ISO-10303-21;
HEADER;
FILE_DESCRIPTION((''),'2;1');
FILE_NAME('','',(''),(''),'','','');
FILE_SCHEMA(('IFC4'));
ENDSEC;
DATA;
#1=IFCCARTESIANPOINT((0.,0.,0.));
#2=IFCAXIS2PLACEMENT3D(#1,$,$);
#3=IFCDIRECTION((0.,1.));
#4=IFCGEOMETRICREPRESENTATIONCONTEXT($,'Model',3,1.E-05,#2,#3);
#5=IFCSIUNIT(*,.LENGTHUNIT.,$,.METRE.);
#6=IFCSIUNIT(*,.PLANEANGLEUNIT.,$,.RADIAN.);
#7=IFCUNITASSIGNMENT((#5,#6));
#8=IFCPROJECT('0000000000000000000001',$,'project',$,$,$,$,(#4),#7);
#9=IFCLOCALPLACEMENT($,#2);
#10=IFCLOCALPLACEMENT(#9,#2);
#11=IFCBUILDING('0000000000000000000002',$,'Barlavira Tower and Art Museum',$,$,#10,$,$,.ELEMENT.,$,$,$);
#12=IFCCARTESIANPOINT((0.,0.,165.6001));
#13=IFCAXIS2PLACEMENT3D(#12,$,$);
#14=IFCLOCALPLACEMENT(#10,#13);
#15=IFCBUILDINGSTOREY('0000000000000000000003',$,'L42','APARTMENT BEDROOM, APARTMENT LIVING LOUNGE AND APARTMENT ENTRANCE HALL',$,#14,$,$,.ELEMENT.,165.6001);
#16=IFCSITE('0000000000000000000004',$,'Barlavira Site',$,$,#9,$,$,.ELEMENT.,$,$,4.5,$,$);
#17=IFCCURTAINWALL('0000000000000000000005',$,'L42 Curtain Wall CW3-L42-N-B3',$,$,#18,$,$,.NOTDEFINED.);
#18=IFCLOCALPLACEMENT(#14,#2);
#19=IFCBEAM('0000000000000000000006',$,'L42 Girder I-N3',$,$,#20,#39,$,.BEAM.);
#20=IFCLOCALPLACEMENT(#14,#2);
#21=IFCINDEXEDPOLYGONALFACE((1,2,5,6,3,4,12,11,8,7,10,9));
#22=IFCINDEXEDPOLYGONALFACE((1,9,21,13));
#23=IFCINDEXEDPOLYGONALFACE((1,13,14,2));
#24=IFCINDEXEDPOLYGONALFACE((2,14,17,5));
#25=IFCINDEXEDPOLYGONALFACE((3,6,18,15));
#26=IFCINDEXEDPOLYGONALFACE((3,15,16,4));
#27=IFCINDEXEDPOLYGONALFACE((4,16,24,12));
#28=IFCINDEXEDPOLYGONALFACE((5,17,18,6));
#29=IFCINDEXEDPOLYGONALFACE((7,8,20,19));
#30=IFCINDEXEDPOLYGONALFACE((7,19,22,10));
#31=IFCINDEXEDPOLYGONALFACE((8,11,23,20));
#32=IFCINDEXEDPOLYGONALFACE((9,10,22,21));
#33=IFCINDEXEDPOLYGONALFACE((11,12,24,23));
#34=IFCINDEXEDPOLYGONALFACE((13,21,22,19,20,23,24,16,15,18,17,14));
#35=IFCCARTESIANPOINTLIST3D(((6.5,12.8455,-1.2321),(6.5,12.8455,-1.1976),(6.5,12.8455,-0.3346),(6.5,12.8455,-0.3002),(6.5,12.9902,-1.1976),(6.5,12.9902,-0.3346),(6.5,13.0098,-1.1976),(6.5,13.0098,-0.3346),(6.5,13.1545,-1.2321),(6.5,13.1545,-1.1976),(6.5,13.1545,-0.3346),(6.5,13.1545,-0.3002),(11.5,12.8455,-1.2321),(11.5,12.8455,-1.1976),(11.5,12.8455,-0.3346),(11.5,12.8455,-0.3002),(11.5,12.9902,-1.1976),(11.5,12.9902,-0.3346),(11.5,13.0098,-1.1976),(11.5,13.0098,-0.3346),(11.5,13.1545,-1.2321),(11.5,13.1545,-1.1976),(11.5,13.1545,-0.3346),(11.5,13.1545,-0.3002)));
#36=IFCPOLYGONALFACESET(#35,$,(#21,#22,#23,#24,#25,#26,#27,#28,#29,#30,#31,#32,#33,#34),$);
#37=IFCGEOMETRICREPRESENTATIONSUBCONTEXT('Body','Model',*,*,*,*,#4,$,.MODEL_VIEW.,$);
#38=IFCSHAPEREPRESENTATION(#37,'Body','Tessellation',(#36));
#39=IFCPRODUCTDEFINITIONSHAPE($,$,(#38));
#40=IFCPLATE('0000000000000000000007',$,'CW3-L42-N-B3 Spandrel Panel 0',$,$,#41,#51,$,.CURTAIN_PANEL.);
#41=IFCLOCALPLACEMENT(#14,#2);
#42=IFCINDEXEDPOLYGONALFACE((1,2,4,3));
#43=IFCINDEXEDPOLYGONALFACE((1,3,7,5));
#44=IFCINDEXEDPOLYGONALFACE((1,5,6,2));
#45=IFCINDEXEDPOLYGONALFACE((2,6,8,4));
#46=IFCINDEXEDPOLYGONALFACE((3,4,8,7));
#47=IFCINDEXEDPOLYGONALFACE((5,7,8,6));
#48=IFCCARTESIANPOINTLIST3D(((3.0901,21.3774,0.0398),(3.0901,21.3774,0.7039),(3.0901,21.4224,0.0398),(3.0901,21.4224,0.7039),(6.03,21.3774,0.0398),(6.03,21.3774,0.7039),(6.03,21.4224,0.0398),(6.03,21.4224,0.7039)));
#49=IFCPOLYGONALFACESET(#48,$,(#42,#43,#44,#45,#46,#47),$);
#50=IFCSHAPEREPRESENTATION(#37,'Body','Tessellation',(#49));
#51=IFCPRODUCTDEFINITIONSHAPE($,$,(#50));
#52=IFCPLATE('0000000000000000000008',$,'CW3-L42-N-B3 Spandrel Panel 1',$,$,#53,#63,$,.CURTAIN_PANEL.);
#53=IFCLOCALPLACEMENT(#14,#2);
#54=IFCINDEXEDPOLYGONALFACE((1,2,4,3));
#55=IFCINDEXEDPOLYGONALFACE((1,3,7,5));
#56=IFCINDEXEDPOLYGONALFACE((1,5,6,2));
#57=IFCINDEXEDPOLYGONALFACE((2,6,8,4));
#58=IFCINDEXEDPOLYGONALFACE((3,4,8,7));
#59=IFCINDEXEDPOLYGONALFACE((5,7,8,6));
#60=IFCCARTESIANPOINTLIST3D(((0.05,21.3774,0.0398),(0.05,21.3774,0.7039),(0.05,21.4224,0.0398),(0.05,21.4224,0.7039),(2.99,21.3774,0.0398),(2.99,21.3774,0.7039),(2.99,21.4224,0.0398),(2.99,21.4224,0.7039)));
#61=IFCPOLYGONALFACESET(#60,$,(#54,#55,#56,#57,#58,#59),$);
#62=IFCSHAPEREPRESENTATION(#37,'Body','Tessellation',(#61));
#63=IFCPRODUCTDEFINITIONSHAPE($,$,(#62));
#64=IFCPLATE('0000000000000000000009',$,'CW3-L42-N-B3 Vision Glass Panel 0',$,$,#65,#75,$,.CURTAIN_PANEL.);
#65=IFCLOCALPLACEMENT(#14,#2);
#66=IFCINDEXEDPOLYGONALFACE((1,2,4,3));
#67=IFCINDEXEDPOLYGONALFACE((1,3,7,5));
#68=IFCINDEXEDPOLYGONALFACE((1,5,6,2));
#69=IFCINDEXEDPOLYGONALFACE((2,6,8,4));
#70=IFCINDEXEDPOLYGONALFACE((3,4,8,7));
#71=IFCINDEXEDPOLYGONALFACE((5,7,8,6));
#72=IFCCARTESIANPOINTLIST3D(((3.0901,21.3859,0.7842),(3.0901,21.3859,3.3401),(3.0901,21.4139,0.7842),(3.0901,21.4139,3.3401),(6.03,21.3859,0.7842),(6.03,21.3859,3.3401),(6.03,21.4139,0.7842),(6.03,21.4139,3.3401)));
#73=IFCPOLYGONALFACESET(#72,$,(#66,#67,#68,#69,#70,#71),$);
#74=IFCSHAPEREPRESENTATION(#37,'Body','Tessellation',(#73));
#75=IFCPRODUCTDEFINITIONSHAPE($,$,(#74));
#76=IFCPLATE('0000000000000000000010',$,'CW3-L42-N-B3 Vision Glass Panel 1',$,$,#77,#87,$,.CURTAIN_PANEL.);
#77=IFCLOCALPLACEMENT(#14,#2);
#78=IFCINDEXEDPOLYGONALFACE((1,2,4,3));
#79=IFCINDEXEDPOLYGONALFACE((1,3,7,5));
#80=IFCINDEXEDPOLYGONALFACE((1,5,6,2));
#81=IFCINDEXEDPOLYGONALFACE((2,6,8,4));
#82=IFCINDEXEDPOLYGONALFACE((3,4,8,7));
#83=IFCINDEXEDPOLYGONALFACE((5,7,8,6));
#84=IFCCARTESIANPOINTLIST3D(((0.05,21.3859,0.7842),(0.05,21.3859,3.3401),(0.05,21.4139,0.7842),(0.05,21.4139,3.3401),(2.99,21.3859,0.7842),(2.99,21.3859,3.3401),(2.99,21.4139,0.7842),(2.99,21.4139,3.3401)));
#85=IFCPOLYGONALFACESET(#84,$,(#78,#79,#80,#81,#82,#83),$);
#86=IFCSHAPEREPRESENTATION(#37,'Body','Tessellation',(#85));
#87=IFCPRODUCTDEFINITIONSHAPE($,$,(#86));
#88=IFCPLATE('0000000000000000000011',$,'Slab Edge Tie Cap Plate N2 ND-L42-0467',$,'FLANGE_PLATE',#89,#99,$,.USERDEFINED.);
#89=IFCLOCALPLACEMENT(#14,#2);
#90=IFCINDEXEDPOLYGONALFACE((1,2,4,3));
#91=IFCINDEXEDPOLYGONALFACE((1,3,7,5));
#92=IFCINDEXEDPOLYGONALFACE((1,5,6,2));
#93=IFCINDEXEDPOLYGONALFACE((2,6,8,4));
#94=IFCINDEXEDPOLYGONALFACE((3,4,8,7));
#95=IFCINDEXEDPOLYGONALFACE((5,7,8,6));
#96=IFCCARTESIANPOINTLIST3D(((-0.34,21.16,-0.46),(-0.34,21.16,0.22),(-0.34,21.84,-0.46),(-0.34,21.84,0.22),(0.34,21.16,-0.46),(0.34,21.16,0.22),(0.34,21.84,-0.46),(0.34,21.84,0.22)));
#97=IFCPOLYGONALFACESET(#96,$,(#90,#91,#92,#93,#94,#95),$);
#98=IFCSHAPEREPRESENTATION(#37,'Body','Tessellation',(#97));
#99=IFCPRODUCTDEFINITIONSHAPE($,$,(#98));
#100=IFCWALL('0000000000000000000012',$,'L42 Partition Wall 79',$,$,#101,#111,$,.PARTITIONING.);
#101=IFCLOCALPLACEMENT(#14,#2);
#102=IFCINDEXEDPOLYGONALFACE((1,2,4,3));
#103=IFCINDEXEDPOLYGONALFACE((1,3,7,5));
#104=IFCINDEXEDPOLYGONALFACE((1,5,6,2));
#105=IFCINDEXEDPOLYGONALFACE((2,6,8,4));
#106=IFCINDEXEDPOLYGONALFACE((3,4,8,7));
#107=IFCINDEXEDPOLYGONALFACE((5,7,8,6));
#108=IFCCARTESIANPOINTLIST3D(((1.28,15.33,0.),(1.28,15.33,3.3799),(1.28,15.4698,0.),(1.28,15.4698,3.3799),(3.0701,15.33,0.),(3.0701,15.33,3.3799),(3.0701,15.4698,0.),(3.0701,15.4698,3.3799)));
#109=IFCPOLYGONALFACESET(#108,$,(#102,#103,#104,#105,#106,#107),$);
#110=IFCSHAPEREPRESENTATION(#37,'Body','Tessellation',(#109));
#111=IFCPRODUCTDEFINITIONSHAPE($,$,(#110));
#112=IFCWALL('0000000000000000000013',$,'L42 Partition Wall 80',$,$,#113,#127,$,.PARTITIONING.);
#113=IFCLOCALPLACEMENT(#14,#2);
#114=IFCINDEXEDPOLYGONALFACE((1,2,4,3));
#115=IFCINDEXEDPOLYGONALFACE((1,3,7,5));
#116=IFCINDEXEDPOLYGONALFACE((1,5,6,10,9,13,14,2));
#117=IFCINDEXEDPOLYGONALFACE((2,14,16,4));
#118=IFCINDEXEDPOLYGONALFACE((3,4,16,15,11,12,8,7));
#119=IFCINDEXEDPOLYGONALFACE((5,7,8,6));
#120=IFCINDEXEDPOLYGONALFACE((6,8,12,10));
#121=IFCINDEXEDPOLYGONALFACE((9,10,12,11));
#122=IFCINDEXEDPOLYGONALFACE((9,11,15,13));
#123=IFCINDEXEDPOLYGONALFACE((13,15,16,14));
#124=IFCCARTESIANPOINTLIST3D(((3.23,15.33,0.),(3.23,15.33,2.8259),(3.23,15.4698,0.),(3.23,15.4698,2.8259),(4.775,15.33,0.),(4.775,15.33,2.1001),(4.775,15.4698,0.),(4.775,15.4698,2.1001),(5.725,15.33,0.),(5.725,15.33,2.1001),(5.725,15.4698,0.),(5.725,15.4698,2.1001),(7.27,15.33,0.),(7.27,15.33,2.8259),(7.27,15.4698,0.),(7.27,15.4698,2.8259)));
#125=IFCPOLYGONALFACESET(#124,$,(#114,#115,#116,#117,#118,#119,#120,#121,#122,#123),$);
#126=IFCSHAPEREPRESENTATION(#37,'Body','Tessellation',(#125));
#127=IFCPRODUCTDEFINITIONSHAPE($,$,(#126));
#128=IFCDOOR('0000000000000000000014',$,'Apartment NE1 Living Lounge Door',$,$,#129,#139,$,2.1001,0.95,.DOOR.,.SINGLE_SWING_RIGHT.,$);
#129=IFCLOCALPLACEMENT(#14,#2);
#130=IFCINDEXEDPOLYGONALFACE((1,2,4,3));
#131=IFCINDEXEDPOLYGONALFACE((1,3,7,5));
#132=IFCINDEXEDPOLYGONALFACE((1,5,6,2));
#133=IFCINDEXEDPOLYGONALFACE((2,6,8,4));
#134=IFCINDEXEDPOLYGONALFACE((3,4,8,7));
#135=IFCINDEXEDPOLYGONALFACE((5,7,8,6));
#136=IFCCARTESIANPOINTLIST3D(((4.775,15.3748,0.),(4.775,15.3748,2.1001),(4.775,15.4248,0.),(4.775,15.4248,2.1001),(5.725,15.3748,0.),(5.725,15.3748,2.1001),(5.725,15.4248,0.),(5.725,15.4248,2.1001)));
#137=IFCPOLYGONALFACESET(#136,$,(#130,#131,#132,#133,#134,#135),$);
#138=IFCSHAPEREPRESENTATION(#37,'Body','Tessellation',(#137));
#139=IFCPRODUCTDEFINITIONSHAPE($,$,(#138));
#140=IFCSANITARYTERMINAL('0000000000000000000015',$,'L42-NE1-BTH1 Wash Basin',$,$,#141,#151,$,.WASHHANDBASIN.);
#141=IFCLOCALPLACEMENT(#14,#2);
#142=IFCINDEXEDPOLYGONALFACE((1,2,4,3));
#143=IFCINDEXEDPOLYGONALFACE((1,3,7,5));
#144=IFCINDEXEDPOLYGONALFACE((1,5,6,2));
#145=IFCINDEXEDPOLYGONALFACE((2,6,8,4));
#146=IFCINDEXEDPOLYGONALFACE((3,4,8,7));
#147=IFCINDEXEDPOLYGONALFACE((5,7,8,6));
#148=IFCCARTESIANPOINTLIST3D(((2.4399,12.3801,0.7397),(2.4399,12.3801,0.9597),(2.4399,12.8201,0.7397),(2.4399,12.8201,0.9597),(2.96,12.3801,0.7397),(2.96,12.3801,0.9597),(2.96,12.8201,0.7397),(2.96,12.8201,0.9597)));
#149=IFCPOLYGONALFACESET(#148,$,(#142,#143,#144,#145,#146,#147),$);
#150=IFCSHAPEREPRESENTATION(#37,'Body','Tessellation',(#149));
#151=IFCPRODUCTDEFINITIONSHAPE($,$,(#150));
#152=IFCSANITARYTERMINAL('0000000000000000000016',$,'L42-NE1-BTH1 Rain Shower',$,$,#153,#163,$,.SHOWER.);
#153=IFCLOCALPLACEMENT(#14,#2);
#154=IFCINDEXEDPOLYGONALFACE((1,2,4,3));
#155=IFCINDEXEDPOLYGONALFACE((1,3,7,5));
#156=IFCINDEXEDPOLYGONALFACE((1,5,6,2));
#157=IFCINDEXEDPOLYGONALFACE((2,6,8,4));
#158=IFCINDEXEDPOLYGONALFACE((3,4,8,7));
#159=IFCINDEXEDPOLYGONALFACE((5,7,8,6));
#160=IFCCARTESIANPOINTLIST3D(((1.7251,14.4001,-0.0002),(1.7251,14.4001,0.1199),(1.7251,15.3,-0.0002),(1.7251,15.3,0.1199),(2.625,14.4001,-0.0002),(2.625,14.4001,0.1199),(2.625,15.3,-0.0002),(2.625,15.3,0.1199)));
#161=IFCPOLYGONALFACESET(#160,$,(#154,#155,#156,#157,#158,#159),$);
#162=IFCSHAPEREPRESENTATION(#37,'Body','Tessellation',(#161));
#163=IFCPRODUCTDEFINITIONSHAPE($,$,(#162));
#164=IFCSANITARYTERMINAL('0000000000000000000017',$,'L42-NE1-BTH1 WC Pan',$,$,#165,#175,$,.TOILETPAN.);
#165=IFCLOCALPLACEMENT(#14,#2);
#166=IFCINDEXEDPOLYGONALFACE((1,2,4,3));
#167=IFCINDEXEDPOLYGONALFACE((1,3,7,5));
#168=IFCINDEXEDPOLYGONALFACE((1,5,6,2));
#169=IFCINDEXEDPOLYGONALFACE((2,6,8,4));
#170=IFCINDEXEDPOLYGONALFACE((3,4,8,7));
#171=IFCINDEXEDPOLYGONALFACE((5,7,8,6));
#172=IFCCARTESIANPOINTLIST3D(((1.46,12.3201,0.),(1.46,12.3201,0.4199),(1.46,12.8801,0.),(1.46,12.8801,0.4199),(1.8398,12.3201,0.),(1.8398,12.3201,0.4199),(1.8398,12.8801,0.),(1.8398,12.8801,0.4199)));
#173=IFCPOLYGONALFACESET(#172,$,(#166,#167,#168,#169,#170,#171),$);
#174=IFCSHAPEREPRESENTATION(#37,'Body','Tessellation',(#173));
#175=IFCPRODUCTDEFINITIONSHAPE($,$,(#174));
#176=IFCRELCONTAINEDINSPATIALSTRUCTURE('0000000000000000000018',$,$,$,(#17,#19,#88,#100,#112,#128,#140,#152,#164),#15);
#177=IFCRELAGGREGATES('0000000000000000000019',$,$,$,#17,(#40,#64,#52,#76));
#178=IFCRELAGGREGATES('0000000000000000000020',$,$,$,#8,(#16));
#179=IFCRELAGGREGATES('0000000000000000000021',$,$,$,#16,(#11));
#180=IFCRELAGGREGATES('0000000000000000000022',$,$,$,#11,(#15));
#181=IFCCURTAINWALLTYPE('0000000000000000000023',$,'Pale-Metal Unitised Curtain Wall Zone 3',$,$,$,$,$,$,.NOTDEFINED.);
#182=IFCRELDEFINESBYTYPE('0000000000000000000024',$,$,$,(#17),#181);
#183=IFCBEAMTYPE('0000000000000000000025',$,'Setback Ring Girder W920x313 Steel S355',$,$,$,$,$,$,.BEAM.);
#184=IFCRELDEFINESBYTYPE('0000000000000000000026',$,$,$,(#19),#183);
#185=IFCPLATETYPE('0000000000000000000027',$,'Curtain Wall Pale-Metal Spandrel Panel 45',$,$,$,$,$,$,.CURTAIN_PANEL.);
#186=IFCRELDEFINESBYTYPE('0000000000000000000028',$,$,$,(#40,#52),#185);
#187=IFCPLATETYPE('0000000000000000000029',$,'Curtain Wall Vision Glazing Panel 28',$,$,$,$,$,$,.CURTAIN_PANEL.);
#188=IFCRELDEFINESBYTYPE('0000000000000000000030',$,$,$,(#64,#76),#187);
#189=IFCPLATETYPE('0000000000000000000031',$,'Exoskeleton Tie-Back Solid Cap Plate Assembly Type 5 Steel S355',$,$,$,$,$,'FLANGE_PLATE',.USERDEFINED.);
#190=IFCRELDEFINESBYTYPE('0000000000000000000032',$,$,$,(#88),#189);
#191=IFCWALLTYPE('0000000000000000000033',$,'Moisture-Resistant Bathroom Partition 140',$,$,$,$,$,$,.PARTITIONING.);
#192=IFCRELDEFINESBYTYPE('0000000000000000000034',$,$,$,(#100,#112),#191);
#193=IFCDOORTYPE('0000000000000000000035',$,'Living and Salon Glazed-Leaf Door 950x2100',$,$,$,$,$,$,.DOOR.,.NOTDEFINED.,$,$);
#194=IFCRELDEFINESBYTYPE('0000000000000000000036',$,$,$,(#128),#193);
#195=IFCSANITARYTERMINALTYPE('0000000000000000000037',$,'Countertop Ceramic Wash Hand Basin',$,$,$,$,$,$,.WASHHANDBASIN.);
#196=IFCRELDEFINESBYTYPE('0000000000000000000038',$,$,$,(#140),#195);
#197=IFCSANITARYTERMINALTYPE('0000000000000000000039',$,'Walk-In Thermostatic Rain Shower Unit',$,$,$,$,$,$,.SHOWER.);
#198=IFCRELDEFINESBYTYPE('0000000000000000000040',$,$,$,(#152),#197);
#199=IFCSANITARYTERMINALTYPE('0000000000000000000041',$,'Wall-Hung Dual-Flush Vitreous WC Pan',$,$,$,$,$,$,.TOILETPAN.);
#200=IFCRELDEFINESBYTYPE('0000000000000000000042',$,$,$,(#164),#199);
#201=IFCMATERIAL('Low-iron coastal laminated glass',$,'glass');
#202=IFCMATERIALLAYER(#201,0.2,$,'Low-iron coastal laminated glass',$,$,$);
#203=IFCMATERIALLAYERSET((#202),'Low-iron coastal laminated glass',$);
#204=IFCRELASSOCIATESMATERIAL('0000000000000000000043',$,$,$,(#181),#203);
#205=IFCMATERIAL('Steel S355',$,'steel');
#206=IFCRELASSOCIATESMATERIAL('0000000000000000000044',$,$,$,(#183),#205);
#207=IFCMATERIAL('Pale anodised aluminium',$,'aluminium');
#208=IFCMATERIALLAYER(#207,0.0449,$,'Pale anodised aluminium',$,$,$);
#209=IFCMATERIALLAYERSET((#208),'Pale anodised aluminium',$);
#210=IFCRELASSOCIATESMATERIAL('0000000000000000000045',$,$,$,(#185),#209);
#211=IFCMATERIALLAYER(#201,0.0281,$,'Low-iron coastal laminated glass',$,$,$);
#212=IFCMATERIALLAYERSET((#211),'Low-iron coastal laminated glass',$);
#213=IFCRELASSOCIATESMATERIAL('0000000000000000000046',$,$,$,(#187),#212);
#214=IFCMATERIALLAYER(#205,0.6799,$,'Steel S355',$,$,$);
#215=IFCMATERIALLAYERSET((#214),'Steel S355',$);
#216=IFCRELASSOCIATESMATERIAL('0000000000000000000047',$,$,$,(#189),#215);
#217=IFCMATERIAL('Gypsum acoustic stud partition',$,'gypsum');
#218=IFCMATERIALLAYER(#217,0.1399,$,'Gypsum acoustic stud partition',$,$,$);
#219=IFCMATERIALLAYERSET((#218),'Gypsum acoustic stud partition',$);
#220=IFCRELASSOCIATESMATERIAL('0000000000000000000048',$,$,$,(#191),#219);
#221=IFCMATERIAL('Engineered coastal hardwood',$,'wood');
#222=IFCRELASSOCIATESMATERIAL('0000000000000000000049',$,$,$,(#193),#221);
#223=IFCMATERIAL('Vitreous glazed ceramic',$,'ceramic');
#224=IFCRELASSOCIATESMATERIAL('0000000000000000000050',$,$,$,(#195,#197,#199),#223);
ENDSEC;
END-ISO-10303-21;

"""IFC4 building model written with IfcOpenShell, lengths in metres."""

from ifc_helpers import new_model, si_unit, direction, frame, frame_2d, origin, origin_2d, place, context, subcontext, project, spatial, rectangle, i_section, extrude, material, layer, layer_set, material_profile, profile_set, type_object, element, fill, aggregate, save


model = new_model("IFC4")

# Units and contexts
model_context = context("Model", 3, precision=1e-05, world=origin(), true_north=direction((0.0, 1.0)))
body_context = subcontext(model_context, "Body", "Model", "MODEL_VIEW")
ifc_project = project(units=[si_unit("LENGTHUNIT", "METRE"), si_unit("PLANEANGLEUNIT", "RADIAN")], contexts=[model_context])

# Site, building, storey
site_placement = place(None, origin())
site = spatial("IfcSite", under=ifc_project, at=site_placement, Name="Barlavira Site", CompositionType="ELEMENT", RefElevation=4.5)
building_placement = place(site_placement, origin())
building = spatial("IfcBuilding", under=site, at=building_placement, Name="Barlavira Tower and Art Museum", CompositionType="ELEMENT")
storey_placement = place(building_placement, frame((0.0, 0.0, 165.6001)))
storey = spatial("IfcBuildingStorey", under=building, at=storey_placement, Name="L42", Description="APARTMENT BEDROOM, APARTMENT LIVING LOUNGE AND APARTMENT ENTRANCE HALL", CompositionType="ELEMENT", Elevation=165.6001)

# Curtain wall
ifc_material_1 = material(Name="Low-iron coastal laminated glass", Category="glass")
ifc_layer_1 = layer(ifc_material_1, 0.2, Name="Low-iron coastal laminated glass")
ifc_layer_set_1 = layer_set([ifc_layer_1], Name="Low-iron coastal laminated glass")
curtain_wall_type = type_object("IfcCurtainWallType", Name="Pale-Metal Unitised Curtain Wall Zone 3", PredefinedType="NOTDEFINED", material=ifc_layer_set_1)
curtain_wall_placement = place(storey_placement, origin())
curtain_wall = element("IfcCurtainWall", 1, at=curtain_wall_placement, inside=storey, type_object=curtain_wall_type, Name="L42 Curtain Wall CW3-L42-N-B3", PredefinedType="NOTDEFINED")
ifc_material_2 = material(Name="Pale anodised aluminium", Category="aluminium")

# Shared definitions
ifc_material_3 = material(Name="Steel S355", Category="steel")

# Beam
ifc_material_profile_1 = material_profile(ifc_material_3, i_section(OverallWidth=0.3091, OverallDepth=0.9319, WebThickness=0.0195, FlangeThickness=0.0344, at=origin_2d()), Name="W920x313.0")
ifc_profile_set_1 = profile_set([ifc_material_profile_1], Name="Steel S355")
beam_type = type_object("IfcBeamType", Name="Setback Ring Girder W920x313 Steel S355", PredefinedType="BEAM", material=ifc_profile_set_1)
beam_placement = place(storey_placement, frame((6.5, 13.0, -0.7661), z_axis=(1.0, 0.0, 0.0), x_axis=(0.0, 1.0, 0.0)))
element("IfcBeam", 2, at=beam_placement, inside=storey, type_object=beam_type, Name="L42 Girder I-N3", PredefinedType="BEAM", context=body_context, shape_type="SweptSolid", body=[
    extrude(i_section(OverallWidth=0.3091, OverallDepth=0.9319, WebThickness=0.0195, FlangeThickness=0.0344, at=origin_2d()), origin(), (0.0, 0.0, 1.0), 5.0),
])

# Plates
ifc_layer_2 = layer(ifc_material_2, 0.0449, Name="Pale anodised aluminium")
ifc_layer_set_2 = layer_set([ifc_layer_2], Name="Pale anodised aluminium")
plate_type_1 = type_object("IfcPlateType", Name="Curtain Wall Pale-Metal Spandrel Panel 45", PredefinedType="CURTAIN_PANEL", material=ifc_layer_set_2)
plate_1_placement = place(storey_placement, frame((4.5601, 21.3999, 0.0398), z_axis=(0.0, 0.0, 1.0), x_axis=(-1.0, 0.0, 0.0)))
plate_1 = element("IfcPlate", 3, at=plate_1_placement, type_object=plate_type_1, Name="CW3-L42-N-B3 Spandrel Panel 0", PredefinedType="CURTAIN_PANEL", context=body_context, shape_type="SweptSolid", body=[
    extrude(rectangle(XDim=2.9399, YDim=0.0449, at=origin_2d()), origin(), (0.0, 0.0, 1.0), 0.6641),
])
plate_2_placement = place(storey_placement, frame((1.52, 21.3999, 0.0398), z_axis=(0.0, 0.0, 1.0), x_axis=(-1.0, 0.0, 0.0)))
plate_2 = element("IfcPlate", 4, at=plate_2_placement, type_object=plate_type_1, Name="CW3-L42-N-B3 Spandrel Panel 1", PredefinedType="CURTAIN_PANEL", context=body_context, shape_type="SweptSolid", body=[
    extrude(rectangle(XDim=2.9399, YDim=0.0449, at=origin_2d()), origin(), (0.0, 0.0, 1.0), 0.6641),
])
ifc_layer_3 = layer(ifc_material_1, 0.0281, Name="Low-iron coastal laminated glass")
ifc_layer_set_3 = layer_set([ifc_layer_3], Name="Low-iron coastal laminated glass")
plate_type_2 = type_object("IfcPlateType", Name="Curtain Wall Vision Glazing Panel 28", PredefinedType="CURTAIN_PANEL", material=ifc_layer_set_3)
plate_3_placement = place(storey_placement, frame((4.5601, 21.3999, 0.7842), z_axis=(0.0, 0.0, 1.0), x_axis=(-1.0, 0.0, 0.0)))
plate_3 = element("IfcPlate", 5, at=plate_3_placement, type_object=plate_type_2, Name="CW3-L42-N-B3 Vision Glass Panel 0", PredefinedType="CURTAIN_PANEL", context=body_context, shape_type="SweptSolid", body=[
    extrude(rectangle(XDim=2.9399, YDim=0.0281, at=origin_2d()), origin(), (0.0, 0.0, 1.0), 2.5559),
])
plate_4_placement = place(storey_placement, frame((1.52, 21.3999, 0.7842), z_axis=(0.0, 0.0, 1.0), x_axis=(-1.0, 0.0, 0.0)))
plate_4 = element("IfcPlate", 6, at=plate_4_placement, type_object=plate_type_2, Name="CW3-L42-N-B3 Vision Glass Panel 1", PredefinedType="CURTAIN_PANEL", context=body_context, shape_type="SweptSolid", body=[
    extrude(rectangle(XDim=2.9399, YDim=0.0281, at=origin_2d()), origin(), (0.0, 0.0, 1.0), 2.5559),
])
aggregate(curtain_wall, [plate_1, plate_3, plate_2, plate_4])
ifc_layer_4 = layer(ifc_material_3, 0.6799, Name="Steel S355")
ifc_layer_set_4 = layer_set([ifc_layer_4], Name="Steel S355")
plate_type_3 = type_object("IfcPlateType", Name="Exoskeleton Tie-Back Solid Cap Plate Assembly Type 5 Steel S355", ElementType="FLANGE_PLATE", PredefinedType="USERDEFINED", material=ifc_layer_set_4)
plate_5_placement = place(storey_placement, frame((0.0, 21.5, -0.46), z_axis=(0.0, 0.0, 1.0), x_axis=(1.0, 0.0, 0.0)))
element("IfcPlate", 7, at=plate_5_placement, inside=storey, type_object=plate_type_3, Name="Slab Edge Tie Cap Plate N2 ND-L42-0467", ObjectType="FLANGE_PLATE", PredefinedType="USERDEFINED", context=body_context, shape_type="SweptSolid", body=[
    extrude(rectangle(XDim=0.6799, YDim=0.6799, at=origin_2d()), origin(), (0.0, 0.0, 1.0), 0.6799),
])

# Wall
ifc_material_4 = material(Name="Gypsum acoustic stud partition", Category="gypsum")
ifc_layer_5 = layer(ifc_material_4, 0.1399, Name="Gypsum acoustic stud partition")
ifc_layer_set_5 = layer_set([ifc_layer_5], Name="Gypsum acoustic stud partition")
wall_type = type_object("IfcWallType", Name="Moisture-Resistant Bathroom Partition 140", PredefinedType="PARTITIONING", material=ifc_layer_set_5)
wall_1_placement = place(storey_placement, frame((1.28, 15.3999, 0.0), z_axis=(0.0, 0.0, 1.0), x_axis=(1.0, 0.0, 0.0)))
element("IfcWall", 8, at=wall_1_placement, inside=storey, type_object=wall_type, Name="L42 Partition Wall 79", PredefinedType="PARTITIONING", context=body_context, shape_type="SweptSolid", body=[
    extrude(rectangle(XDim=1.79, YDim=0.1399, at=frame_2d((0.895, 0.0))), origin(), (0.0, 0.0, 1.0), 3.3799),
])

# Wall, opening, door
wall_2_placement = place(storey_placement, frame((3.23, 15.3999, 0.0), z_axis=(0.0, 0.0, 1.0), x_axis=(1.0, 0.0, 0.0)))
wall_2 = element("IfcWall", 9, at=wall_2_placement, inside=storey, type_object=wall_type, Name="L42 Partition Wall 80", PredefinedType="PARTITIONING", context=body_context, shape_type="SweptSolid", body=[
    extrude(rectangle(XDim=4.04, YDim=0.1399, at=frame_2d((2.02, 0.0))), origin(), (0.0, 0.0, 1.0), 2.8259),
])
opening_placement = place(wall_2_placement, frame((1.5449, 0.0, 0.0)))
opening = element("IfcOpeningElement", 10, at=opening_placement, cuts=wall_2, PredefinedType="OPENING", context=body_context, shape_type="SweptSolid", body=[
    extrude(rectangle(XDim=0.95, YDim=2.1001, at=frame_2d((0.4751, 1.05))), frame((0.0, 0.0801, 0.0), z_axis=(0.0, -1.0, 0.0), x_axis=(1.0, 0.0, 0.0)), (0.0, 0.0, 1.0), 0.1599),
])
ifc_material_5 = material(Name="Engineered coastal hardwood", Category="wood")
door_type = type_object("IfcDoorType", Name="Living and Salon Glazed-Leaf Door 950x2100", OperationType="NOTDEFINED", PredefinedType="DOOR", material=ifc_material_5)
door_placement = place(opening_placement, origin())
door = element("IfcDoor", 11, at=door_placement, inside=storey, type_object=door_type, Name="Apartment NE1 Living Lounge Door", OperationType="SINGLE_SWING_RIGHT", OverallHeight=2.1001, OverallWidth=0.95, PredefinedType="DOOR", context=body_context, shape_type="SweptSolid", body=[
    extrude(rectangle(XDim=0.95, YDim=2.1001, at=frame_2d((0.4751, 1.05))), frame((0.0, 0.0249, 0.0), z_axis=(0.0, -1.0, 0.0), x_axis=(1.0, 0.0, 0.0)), (0.0, 0.0, 1.0), 0.05),
])
fill(opening, door)

# Sanitary terminals
ifc_material_6 = material(Name="Vitreous glazed ceramic", Category="ceramic")
sanitary_terminal_type_1 = type_object("IfcSanitaryTerminalType", Name="Countertop Ceramic Wash Hand Basin", PredefinedType="WASHHANDBASIN", material=ifc_material_6)
sanitary_terminal_1_placement = place(storey_placement, frame((2.7, 12.6001, 0.7397), z_axis=(0.0, 0.0, 1.0), x_axis=(1.0, 0.0, 0.0)))
element("IfcSanitaryTerminal", 12, at=sanitary_terminal_1_placement, inside=storey, type_object=sanitary_terminal_type_1, Name="L42-NE1-BTH1 Wash Basin", PredefinedType="WASHHANDBASIN", context=body_context, shape_type="SweptSolid", body=[
    extrude(rectangle(XDim=0.52, YDim=0.4399, at=origin_2d()), origin(), (0.0, 0.0, 1.0), 0.22),
])
sanitary_terminal_type_2 = type_object("IfcSanitaryTerminalType", Name="Walk-In Thermostatic Rain Shower Unit", PredefinedType="SHOWER", material=ifc_material_6)
sanitary_terminal_2_placement = place(storey_placement, frame((2.175, 14.8501, -0.0002), z_axis=(0.0, 0.0, 1.0), x_axis=(1.0, 0.0, 0.0)))
element("IfcSanitaryTerminal", 13, at=sanitary_terminal_2_placement, inside=storey, type_object=sanitary_terminal_type_2, Name="L42-NE1-BTH1 Rain Shower", PredefinedType="SHOWER", context=body_context, shape_type="SweptSolid", body=[
    extrude(rectangle(XDim=0.8999, YDim=0.8999, at=origin_2d()), origin(), (0.0, 0.0, 1.0), 0.1201),
])
sanitary_terminal_type_3 = type_object("IfcSanitaryTerminalType", Name="Wall-Hung Dual-Flush Vitreous WC Pan", PredefinedType="TOILETPAN", material=ifc_material_6)
sanitary_terminal_3_placement = place(storey_placement, frame((1.6499, 12.6001, 0.0), z_axis=(0.0, 0.0, 1.0), x_axis=(1.0, 0.0, 0.0)))
element("IfcSanitaryTerminal", 14, at=sanitary_terminal_3_placement, inside=storey, type_object=sanitary_terminal_type_3, Name="L42-NE1-BTH1 WC Pan", PredefinedType="TOILETPAN", context=body_context, shape_type="SweptSolid", body=[
    extrude(rectangle(XDim=0.3799, YDim=0.5601, at=origin_2d()), origin(), (0.0, 0.0, 1.0), 0.4199),
])

save(model, "model.ifc")
